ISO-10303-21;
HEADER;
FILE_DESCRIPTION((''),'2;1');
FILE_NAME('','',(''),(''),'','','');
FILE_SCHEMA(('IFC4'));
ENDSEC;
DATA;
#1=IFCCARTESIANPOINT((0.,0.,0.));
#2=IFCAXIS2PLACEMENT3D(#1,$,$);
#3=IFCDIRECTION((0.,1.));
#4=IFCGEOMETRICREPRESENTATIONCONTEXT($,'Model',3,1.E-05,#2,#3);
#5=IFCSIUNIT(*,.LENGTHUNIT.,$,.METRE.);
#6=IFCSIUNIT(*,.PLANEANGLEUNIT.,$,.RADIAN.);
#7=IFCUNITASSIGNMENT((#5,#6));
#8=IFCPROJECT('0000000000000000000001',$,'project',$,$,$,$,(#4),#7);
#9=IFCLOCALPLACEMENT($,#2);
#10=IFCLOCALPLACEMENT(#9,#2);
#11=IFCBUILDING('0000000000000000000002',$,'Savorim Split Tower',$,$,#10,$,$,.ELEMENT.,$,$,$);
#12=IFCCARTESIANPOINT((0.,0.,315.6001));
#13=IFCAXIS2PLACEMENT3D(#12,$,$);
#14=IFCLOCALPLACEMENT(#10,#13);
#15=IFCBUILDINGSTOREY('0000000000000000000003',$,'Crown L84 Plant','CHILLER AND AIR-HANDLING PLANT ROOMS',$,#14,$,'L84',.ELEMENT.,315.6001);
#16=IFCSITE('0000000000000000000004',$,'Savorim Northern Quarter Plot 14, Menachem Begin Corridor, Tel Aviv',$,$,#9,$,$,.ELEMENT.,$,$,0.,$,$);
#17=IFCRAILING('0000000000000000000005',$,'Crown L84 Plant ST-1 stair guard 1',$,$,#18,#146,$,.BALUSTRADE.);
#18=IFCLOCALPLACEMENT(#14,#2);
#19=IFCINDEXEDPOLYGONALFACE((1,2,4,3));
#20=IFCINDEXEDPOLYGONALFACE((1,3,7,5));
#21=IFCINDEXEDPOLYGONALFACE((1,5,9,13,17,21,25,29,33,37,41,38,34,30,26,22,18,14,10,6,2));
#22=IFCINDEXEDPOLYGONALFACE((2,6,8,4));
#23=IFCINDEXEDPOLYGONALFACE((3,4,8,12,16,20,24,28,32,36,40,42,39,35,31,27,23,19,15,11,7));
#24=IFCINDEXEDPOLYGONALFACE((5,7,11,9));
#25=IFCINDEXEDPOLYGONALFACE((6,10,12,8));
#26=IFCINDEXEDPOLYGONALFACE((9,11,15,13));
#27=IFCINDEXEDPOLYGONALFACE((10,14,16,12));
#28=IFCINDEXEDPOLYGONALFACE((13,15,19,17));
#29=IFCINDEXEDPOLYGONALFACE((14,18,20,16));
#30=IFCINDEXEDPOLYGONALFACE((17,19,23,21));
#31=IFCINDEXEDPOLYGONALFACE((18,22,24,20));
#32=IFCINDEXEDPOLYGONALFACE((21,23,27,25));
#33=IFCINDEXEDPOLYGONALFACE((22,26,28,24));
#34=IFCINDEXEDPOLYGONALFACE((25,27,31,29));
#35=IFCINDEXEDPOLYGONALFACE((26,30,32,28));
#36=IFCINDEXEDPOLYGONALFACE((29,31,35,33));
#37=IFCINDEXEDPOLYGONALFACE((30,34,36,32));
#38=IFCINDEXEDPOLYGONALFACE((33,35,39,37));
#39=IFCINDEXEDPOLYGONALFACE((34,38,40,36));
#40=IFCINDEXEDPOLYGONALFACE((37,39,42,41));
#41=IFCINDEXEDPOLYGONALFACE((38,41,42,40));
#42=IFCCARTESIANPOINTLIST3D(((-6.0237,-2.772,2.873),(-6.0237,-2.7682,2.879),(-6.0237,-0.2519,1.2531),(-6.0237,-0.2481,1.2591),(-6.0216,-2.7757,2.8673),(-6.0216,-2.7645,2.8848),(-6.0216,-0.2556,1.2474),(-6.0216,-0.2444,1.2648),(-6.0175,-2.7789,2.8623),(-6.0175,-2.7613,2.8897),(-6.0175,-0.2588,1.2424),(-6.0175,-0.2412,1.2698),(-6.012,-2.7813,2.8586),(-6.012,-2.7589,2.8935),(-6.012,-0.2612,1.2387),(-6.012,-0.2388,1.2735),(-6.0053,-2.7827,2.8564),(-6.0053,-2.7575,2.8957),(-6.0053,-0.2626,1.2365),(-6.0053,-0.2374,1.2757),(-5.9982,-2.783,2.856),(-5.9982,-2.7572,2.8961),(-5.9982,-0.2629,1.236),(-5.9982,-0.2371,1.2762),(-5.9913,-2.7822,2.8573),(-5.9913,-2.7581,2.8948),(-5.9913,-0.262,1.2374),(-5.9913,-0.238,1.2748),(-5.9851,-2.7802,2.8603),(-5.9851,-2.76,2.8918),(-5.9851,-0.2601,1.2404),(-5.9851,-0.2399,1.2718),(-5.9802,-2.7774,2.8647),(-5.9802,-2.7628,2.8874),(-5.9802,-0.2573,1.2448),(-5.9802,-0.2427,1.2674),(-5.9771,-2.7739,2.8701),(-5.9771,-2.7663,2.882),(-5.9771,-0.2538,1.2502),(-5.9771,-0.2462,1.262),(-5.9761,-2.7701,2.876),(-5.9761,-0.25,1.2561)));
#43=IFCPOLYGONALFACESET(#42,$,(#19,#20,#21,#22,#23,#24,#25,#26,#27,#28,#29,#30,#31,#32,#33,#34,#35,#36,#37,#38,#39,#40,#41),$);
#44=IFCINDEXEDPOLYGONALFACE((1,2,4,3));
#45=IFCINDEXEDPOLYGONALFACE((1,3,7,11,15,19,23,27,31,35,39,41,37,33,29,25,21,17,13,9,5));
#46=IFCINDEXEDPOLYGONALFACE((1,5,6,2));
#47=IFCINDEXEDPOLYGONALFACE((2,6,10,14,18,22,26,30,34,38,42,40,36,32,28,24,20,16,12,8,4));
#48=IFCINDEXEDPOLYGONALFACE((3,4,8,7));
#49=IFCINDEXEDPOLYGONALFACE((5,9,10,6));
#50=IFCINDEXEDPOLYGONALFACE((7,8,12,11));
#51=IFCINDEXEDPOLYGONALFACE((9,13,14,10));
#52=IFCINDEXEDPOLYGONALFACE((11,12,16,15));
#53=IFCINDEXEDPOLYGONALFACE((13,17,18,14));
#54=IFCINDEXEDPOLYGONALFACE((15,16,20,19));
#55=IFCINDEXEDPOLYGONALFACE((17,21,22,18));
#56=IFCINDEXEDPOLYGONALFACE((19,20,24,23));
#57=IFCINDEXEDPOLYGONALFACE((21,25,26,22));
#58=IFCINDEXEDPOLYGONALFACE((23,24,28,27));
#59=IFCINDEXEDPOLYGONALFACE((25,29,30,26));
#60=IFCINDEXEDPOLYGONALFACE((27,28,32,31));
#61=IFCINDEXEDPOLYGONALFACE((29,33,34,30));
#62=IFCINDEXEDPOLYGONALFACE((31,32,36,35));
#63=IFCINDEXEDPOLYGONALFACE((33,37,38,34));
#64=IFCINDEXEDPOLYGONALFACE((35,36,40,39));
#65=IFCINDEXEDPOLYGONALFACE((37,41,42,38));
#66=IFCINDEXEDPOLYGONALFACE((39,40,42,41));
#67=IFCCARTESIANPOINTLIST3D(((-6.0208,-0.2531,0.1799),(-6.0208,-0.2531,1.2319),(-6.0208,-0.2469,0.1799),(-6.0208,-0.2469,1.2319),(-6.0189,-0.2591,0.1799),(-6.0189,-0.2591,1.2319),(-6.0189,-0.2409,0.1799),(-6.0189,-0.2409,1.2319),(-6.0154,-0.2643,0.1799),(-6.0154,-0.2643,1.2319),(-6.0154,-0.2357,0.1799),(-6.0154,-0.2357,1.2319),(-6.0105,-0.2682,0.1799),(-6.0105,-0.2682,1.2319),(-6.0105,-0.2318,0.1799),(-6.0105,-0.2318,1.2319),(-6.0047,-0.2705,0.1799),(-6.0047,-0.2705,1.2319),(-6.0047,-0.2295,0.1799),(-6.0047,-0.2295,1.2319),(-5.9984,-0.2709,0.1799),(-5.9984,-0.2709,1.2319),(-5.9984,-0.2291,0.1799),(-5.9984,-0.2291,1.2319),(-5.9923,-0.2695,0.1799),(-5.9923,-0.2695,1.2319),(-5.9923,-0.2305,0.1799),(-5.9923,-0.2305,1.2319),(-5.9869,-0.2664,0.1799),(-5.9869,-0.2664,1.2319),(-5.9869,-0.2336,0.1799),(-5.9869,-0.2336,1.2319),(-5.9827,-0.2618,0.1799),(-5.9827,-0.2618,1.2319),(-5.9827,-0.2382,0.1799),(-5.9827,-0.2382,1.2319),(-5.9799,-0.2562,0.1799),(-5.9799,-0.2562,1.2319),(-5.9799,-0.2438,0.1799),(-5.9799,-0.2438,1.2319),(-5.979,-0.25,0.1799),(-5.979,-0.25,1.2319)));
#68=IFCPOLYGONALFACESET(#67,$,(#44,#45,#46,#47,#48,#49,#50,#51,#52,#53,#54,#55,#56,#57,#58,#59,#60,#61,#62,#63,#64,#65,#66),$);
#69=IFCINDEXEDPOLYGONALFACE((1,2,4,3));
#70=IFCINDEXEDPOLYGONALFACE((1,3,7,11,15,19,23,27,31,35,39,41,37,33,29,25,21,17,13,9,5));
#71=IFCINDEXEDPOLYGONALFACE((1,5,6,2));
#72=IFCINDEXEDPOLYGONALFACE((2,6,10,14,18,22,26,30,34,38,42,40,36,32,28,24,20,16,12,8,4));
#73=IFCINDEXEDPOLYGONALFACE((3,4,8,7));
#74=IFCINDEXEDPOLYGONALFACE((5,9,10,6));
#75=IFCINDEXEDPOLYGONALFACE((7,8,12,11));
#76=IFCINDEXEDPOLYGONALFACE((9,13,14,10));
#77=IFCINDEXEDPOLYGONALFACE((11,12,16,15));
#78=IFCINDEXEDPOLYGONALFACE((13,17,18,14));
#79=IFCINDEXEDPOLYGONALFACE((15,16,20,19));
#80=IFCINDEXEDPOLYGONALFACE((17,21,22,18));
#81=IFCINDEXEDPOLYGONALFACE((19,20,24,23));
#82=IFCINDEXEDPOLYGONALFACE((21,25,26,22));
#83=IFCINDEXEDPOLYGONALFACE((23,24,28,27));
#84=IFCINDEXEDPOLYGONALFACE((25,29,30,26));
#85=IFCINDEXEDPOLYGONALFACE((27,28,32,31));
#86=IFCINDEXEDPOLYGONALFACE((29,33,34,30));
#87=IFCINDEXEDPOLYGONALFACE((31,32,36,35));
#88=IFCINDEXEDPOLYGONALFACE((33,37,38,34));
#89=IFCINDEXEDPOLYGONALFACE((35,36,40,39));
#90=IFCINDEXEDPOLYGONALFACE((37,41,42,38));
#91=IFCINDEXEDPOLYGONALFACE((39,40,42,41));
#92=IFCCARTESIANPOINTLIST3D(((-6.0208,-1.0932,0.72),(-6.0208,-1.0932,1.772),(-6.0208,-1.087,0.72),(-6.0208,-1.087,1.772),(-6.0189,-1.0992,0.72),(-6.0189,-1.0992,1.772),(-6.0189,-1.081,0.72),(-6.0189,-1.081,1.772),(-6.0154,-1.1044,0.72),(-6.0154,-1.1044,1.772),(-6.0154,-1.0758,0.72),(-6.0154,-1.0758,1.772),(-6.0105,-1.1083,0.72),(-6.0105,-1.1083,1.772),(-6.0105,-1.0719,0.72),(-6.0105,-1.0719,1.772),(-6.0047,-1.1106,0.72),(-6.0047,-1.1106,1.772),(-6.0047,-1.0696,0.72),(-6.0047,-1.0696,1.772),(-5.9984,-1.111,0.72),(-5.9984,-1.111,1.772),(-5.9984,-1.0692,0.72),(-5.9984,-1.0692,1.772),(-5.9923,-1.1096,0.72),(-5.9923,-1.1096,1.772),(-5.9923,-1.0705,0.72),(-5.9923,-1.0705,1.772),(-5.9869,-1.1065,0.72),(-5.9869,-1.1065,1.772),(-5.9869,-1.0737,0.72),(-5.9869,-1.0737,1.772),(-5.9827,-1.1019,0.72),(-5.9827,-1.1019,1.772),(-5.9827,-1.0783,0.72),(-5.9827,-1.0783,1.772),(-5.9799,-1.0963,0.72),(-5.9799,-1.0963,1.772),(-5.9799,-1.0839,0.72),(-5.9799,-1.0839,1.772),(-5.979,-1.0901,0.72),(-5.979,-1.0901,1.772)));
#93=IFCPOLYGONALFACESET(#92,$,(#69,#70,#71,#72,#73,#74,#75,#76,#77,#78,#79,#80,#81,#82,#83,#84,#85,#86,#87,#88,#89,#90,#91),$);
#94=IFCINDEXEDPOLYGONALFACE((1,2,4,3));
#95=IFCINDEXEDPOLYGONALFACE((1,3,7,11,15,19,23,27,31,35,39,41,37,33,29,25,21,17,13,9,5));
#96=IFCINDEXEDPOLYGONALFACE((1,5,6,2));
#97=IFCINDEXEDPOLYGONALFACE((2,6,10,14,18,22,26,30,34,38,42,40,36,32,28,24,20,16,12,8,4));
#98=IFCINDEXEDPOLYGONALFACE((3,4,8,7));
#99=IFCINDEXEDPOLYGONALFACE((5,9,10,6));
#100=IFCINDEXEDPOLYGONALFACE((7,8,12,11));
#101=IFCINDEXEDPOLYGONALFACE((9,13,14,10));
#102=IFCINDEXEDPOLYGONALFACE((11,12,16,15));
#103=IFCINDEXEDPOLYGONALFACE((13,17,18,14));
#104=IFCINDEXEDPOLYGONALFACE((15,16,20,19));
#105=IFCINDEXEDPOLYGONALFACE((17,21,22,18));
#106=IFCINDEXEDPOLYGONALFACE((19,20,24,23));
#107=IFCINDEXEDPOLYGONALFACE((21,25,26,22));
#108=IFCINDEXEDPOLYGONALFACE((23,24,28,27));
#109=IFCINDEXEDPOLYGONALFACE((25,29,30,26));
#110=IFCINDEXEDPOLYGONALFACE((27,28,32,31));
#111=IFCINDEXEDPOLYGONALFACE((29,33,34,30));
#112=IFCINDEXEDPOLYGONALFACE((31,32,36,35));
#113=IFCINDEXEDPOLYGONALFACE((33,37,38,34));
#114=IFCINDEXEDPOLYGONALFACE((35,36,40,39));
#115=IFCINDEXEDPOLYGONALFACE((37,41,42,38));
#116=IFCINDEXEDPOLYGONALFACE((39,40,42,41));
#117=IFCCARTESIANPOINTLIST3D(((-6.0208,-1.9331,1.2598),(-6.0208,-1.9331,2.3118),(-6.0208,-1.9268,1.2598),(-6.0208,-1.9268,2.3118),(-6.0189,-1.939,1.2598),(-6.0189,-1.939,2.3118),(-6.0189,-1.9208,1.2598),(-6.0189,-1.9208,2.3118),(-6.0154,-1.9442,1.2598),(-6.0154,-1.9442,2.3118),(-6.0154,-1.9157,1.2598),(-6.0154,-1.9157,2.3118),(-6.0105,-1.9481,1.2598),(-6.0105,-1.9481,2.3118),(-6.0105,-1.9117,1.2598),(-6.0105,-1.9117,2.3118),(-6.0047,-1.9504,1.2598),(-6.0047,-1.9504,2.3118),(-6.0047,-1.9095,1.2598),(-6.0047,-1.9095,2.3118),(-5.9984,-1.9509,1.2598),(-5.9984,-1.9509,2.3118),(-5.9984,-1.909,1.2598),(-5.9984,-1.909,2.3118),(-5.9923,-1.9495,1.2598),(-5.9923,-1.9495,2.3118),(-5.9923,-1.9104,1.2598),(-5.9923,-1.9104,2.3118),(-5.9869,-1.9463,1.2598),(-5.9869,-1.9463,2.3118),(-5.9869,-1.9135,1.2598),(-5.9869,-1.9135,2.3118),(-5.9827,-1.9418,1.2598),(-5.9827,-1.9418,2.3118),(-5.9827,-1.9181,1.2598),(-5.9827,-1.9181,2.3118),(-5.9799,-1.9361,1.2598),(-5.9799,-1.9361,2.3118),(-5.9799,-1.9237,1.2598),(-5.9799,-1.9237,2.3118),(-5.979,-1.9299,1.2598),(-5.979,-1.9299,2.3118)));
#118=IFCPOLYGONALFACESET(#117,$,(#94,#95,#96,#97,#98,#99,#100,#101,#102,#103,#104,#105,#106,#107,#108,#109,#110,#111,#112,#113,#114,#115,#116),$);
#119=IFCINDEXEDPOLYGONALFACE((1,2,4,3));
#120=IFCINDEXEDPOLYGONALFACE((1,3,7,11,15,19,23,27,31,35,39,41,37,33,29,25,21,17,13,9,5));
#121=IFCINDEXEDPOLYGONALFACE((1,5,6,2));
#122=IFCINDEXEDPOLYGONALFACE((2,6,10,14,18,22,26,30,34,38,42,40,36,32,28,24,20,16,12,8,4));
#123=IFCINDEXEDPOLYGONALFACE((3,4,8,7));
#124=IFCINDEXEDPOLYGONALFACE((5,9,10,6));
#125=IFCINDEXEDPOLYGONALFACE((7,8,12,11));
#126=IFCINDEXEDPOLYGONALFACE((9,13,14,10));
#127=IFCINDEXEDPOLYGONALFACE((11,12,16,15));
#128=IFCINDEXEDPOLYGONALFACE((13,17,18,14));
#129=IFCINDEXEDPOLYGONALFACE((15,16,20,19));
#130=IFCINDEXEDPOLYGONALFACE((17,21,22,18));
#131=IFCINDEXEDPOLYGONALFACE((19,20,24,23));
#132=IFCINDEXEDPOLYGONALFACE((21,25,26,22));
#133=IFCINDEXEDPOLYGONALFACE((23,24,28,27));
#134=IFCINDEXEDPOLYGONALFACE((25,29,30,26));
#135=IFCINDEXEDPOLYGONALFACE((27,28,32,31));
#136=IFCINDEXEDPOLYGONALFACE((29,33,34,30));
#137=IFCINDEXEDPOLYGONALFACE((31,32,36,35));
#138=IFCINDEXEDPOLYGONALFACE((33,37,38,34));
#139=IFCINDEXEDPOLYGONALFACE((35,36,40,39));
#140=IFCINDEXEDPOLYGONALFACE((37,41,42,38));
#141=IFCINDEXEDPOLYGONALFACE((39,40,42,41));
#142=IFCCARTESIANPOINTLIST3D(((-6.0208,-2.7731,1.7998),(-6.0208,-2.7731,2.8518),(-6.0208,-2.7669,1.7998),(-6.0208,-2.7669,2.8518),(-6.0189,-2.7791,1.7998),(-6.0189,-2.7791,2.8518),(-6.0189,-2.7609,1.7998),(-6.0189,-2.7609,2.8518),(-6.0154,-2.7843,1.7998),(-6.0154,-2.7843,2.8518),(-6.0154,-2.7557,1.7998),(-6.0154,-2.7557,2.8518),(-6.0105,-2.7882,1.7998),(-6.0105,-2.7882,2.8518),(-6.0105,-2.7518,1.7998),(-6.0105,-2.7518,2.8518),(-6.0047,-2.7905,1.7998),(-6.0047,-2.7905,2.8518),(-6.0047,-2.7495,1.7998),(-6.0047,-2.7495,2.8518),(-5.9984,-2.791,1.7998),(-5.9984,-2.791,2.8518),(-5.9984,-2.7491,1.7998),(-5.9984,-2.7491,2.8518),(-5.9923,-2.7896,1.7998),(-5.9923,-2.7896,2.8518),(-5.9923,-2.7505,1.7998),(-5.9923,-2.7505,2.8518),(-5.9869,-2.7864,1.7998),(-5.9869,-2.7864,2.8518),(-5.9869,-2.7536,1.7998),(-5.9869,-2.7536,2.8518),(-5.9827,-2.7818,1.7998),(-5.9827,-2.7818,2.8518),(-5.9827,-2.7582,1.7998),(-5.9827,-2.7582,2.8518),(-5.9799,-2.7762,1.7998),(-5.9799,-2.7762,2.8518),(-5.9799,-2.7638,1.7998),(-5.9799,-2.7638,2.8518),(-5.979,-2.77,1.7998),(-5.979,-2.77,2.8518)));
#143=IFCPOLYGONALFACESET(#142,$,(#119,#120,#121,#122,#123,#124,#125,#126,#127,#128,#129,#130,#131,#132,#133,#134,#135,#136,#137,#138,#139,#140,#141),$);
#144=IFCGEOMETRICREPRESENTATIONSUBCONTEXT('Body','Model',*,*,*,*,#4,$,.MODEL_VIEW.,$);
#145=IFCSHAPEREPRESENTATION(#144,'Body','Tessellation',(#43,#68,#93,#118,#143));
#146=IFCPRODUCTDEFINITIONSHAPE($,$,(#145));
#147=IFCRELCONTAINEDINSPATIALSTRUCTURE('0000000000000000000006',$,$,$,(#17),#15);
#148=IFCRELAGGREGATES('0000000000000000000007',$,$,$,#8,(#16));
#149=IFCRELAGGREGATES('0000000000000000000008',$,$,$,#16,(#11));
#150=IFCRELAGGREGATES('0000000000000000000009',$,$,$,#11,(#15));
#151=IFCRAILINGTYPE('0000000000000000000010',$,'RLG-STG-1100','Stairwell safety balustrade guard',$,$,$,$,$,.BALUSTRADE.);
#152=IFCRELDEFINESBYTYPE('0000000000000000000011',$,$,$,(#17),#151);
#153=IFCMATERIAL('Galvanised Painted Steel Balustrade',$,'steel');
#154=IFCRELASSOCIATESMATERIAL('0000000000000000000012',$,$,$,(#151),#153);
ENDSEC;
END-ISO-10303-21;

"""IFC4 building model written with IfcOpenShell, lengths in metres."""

from ifc_helpers import new_model, si_unit, direction, frame, origin, origin_2d, place, context, subcontext, project, spatial, circle, extrude, material, type_object, element, save


model = new_model("IFC4")

# Units and contexts
model_context = context("Model", 3, precision=1e-05, world=origin(), true_north=direction((0.0, 1.0)))
body_context = subcontext(model_context, "Body", "Model", "MODEL_VIEW")
ifc_project = project(units=[si_unit("LENGTHUNIT", "METRE"), si_unit("PLANEANGLEUNIT", "RADIAN")], contexts=[model_context])

# Site, building, storey
site_placement = place(None, origin())
site = spatial("IfcSite", under=ifc_project, at=site_placement, Name="Savorim Northern Quarter Plot 14, Menachem Begin Corridor, Tel Aviv", CompositionType="ELEMENT", RefElevation=0.0)
building_placement = place(site_placement, origin())
building = spatial("IfcBuilding", under=site, at=building_placement, Name="Savorim Split Tower", CompositionType="ELEMENT")
storey_placement = place(building_placement, frame((0.0, 0.0, 315.6001)))
storey = spatial("IfcBuildingStorey", under=building, at=storey_placement, Name="Crown L84 Plant", Description="CHILLER AND AIR-HANDLING PLANT ROOMS", LongName="L84", CompositionType="ELEMENT", Elevation=315.6001)

# Railing
ifc_material_1 = material(Name="Galvanised Painted Steel Balustrade", Category="steel")
railing_type_1 = type_object("IfcRailingType", Name="RLG-STG-1100", Description="Stairwell safety balustrade guard", PredefinedType="BALUSTRADE", material=ifc_material_1)
railing_1_placement = place(storey_placement, frame((-6.0, -0.25, 0.1799)))
element("IfcRailing", 1, at=railing_1_placement, inside=storey, type_object=railing_type_1, Name="Crown L84 Plant ST-1 stair guard 1", PredefinedType="BALUSTRADE", context=body_context, shape_type="SweptSolid", body=[
    extrude(circle(Radius=0.0239, at=origin_2d()), frame((0.0, 0.0, 1.0762), z_axis=(0.0, -0.8412, 0.540725), x_axis=(1.0, 0.0, 0.0)), (0.0, 0.0, 1.0), 2.9958),
    extrude(circle(Radius=0.021, at=origin_2d()), origin(), (0.0, 0.0, 1.0), 1.052),
    extrude(circle(Radius=0.021, at=origin_2d()), frame((0.0, -0.8401, 0.54)), (0.0, 0.0, 1.0), 1.052),
    extrude(circle(Radius=0.021, at=origin_2d()), frame((0.0, -1.6799, 1.0798)), (0.0, 0.0, 1.0), 1.052),
    extrude(circle(Radius=0.021, at=origin_2d()), frame((0.0, -2.52, 1.6199)), (0.0, 0.0, 1.0), 1.052),
])

save(model, "model.ifc")
